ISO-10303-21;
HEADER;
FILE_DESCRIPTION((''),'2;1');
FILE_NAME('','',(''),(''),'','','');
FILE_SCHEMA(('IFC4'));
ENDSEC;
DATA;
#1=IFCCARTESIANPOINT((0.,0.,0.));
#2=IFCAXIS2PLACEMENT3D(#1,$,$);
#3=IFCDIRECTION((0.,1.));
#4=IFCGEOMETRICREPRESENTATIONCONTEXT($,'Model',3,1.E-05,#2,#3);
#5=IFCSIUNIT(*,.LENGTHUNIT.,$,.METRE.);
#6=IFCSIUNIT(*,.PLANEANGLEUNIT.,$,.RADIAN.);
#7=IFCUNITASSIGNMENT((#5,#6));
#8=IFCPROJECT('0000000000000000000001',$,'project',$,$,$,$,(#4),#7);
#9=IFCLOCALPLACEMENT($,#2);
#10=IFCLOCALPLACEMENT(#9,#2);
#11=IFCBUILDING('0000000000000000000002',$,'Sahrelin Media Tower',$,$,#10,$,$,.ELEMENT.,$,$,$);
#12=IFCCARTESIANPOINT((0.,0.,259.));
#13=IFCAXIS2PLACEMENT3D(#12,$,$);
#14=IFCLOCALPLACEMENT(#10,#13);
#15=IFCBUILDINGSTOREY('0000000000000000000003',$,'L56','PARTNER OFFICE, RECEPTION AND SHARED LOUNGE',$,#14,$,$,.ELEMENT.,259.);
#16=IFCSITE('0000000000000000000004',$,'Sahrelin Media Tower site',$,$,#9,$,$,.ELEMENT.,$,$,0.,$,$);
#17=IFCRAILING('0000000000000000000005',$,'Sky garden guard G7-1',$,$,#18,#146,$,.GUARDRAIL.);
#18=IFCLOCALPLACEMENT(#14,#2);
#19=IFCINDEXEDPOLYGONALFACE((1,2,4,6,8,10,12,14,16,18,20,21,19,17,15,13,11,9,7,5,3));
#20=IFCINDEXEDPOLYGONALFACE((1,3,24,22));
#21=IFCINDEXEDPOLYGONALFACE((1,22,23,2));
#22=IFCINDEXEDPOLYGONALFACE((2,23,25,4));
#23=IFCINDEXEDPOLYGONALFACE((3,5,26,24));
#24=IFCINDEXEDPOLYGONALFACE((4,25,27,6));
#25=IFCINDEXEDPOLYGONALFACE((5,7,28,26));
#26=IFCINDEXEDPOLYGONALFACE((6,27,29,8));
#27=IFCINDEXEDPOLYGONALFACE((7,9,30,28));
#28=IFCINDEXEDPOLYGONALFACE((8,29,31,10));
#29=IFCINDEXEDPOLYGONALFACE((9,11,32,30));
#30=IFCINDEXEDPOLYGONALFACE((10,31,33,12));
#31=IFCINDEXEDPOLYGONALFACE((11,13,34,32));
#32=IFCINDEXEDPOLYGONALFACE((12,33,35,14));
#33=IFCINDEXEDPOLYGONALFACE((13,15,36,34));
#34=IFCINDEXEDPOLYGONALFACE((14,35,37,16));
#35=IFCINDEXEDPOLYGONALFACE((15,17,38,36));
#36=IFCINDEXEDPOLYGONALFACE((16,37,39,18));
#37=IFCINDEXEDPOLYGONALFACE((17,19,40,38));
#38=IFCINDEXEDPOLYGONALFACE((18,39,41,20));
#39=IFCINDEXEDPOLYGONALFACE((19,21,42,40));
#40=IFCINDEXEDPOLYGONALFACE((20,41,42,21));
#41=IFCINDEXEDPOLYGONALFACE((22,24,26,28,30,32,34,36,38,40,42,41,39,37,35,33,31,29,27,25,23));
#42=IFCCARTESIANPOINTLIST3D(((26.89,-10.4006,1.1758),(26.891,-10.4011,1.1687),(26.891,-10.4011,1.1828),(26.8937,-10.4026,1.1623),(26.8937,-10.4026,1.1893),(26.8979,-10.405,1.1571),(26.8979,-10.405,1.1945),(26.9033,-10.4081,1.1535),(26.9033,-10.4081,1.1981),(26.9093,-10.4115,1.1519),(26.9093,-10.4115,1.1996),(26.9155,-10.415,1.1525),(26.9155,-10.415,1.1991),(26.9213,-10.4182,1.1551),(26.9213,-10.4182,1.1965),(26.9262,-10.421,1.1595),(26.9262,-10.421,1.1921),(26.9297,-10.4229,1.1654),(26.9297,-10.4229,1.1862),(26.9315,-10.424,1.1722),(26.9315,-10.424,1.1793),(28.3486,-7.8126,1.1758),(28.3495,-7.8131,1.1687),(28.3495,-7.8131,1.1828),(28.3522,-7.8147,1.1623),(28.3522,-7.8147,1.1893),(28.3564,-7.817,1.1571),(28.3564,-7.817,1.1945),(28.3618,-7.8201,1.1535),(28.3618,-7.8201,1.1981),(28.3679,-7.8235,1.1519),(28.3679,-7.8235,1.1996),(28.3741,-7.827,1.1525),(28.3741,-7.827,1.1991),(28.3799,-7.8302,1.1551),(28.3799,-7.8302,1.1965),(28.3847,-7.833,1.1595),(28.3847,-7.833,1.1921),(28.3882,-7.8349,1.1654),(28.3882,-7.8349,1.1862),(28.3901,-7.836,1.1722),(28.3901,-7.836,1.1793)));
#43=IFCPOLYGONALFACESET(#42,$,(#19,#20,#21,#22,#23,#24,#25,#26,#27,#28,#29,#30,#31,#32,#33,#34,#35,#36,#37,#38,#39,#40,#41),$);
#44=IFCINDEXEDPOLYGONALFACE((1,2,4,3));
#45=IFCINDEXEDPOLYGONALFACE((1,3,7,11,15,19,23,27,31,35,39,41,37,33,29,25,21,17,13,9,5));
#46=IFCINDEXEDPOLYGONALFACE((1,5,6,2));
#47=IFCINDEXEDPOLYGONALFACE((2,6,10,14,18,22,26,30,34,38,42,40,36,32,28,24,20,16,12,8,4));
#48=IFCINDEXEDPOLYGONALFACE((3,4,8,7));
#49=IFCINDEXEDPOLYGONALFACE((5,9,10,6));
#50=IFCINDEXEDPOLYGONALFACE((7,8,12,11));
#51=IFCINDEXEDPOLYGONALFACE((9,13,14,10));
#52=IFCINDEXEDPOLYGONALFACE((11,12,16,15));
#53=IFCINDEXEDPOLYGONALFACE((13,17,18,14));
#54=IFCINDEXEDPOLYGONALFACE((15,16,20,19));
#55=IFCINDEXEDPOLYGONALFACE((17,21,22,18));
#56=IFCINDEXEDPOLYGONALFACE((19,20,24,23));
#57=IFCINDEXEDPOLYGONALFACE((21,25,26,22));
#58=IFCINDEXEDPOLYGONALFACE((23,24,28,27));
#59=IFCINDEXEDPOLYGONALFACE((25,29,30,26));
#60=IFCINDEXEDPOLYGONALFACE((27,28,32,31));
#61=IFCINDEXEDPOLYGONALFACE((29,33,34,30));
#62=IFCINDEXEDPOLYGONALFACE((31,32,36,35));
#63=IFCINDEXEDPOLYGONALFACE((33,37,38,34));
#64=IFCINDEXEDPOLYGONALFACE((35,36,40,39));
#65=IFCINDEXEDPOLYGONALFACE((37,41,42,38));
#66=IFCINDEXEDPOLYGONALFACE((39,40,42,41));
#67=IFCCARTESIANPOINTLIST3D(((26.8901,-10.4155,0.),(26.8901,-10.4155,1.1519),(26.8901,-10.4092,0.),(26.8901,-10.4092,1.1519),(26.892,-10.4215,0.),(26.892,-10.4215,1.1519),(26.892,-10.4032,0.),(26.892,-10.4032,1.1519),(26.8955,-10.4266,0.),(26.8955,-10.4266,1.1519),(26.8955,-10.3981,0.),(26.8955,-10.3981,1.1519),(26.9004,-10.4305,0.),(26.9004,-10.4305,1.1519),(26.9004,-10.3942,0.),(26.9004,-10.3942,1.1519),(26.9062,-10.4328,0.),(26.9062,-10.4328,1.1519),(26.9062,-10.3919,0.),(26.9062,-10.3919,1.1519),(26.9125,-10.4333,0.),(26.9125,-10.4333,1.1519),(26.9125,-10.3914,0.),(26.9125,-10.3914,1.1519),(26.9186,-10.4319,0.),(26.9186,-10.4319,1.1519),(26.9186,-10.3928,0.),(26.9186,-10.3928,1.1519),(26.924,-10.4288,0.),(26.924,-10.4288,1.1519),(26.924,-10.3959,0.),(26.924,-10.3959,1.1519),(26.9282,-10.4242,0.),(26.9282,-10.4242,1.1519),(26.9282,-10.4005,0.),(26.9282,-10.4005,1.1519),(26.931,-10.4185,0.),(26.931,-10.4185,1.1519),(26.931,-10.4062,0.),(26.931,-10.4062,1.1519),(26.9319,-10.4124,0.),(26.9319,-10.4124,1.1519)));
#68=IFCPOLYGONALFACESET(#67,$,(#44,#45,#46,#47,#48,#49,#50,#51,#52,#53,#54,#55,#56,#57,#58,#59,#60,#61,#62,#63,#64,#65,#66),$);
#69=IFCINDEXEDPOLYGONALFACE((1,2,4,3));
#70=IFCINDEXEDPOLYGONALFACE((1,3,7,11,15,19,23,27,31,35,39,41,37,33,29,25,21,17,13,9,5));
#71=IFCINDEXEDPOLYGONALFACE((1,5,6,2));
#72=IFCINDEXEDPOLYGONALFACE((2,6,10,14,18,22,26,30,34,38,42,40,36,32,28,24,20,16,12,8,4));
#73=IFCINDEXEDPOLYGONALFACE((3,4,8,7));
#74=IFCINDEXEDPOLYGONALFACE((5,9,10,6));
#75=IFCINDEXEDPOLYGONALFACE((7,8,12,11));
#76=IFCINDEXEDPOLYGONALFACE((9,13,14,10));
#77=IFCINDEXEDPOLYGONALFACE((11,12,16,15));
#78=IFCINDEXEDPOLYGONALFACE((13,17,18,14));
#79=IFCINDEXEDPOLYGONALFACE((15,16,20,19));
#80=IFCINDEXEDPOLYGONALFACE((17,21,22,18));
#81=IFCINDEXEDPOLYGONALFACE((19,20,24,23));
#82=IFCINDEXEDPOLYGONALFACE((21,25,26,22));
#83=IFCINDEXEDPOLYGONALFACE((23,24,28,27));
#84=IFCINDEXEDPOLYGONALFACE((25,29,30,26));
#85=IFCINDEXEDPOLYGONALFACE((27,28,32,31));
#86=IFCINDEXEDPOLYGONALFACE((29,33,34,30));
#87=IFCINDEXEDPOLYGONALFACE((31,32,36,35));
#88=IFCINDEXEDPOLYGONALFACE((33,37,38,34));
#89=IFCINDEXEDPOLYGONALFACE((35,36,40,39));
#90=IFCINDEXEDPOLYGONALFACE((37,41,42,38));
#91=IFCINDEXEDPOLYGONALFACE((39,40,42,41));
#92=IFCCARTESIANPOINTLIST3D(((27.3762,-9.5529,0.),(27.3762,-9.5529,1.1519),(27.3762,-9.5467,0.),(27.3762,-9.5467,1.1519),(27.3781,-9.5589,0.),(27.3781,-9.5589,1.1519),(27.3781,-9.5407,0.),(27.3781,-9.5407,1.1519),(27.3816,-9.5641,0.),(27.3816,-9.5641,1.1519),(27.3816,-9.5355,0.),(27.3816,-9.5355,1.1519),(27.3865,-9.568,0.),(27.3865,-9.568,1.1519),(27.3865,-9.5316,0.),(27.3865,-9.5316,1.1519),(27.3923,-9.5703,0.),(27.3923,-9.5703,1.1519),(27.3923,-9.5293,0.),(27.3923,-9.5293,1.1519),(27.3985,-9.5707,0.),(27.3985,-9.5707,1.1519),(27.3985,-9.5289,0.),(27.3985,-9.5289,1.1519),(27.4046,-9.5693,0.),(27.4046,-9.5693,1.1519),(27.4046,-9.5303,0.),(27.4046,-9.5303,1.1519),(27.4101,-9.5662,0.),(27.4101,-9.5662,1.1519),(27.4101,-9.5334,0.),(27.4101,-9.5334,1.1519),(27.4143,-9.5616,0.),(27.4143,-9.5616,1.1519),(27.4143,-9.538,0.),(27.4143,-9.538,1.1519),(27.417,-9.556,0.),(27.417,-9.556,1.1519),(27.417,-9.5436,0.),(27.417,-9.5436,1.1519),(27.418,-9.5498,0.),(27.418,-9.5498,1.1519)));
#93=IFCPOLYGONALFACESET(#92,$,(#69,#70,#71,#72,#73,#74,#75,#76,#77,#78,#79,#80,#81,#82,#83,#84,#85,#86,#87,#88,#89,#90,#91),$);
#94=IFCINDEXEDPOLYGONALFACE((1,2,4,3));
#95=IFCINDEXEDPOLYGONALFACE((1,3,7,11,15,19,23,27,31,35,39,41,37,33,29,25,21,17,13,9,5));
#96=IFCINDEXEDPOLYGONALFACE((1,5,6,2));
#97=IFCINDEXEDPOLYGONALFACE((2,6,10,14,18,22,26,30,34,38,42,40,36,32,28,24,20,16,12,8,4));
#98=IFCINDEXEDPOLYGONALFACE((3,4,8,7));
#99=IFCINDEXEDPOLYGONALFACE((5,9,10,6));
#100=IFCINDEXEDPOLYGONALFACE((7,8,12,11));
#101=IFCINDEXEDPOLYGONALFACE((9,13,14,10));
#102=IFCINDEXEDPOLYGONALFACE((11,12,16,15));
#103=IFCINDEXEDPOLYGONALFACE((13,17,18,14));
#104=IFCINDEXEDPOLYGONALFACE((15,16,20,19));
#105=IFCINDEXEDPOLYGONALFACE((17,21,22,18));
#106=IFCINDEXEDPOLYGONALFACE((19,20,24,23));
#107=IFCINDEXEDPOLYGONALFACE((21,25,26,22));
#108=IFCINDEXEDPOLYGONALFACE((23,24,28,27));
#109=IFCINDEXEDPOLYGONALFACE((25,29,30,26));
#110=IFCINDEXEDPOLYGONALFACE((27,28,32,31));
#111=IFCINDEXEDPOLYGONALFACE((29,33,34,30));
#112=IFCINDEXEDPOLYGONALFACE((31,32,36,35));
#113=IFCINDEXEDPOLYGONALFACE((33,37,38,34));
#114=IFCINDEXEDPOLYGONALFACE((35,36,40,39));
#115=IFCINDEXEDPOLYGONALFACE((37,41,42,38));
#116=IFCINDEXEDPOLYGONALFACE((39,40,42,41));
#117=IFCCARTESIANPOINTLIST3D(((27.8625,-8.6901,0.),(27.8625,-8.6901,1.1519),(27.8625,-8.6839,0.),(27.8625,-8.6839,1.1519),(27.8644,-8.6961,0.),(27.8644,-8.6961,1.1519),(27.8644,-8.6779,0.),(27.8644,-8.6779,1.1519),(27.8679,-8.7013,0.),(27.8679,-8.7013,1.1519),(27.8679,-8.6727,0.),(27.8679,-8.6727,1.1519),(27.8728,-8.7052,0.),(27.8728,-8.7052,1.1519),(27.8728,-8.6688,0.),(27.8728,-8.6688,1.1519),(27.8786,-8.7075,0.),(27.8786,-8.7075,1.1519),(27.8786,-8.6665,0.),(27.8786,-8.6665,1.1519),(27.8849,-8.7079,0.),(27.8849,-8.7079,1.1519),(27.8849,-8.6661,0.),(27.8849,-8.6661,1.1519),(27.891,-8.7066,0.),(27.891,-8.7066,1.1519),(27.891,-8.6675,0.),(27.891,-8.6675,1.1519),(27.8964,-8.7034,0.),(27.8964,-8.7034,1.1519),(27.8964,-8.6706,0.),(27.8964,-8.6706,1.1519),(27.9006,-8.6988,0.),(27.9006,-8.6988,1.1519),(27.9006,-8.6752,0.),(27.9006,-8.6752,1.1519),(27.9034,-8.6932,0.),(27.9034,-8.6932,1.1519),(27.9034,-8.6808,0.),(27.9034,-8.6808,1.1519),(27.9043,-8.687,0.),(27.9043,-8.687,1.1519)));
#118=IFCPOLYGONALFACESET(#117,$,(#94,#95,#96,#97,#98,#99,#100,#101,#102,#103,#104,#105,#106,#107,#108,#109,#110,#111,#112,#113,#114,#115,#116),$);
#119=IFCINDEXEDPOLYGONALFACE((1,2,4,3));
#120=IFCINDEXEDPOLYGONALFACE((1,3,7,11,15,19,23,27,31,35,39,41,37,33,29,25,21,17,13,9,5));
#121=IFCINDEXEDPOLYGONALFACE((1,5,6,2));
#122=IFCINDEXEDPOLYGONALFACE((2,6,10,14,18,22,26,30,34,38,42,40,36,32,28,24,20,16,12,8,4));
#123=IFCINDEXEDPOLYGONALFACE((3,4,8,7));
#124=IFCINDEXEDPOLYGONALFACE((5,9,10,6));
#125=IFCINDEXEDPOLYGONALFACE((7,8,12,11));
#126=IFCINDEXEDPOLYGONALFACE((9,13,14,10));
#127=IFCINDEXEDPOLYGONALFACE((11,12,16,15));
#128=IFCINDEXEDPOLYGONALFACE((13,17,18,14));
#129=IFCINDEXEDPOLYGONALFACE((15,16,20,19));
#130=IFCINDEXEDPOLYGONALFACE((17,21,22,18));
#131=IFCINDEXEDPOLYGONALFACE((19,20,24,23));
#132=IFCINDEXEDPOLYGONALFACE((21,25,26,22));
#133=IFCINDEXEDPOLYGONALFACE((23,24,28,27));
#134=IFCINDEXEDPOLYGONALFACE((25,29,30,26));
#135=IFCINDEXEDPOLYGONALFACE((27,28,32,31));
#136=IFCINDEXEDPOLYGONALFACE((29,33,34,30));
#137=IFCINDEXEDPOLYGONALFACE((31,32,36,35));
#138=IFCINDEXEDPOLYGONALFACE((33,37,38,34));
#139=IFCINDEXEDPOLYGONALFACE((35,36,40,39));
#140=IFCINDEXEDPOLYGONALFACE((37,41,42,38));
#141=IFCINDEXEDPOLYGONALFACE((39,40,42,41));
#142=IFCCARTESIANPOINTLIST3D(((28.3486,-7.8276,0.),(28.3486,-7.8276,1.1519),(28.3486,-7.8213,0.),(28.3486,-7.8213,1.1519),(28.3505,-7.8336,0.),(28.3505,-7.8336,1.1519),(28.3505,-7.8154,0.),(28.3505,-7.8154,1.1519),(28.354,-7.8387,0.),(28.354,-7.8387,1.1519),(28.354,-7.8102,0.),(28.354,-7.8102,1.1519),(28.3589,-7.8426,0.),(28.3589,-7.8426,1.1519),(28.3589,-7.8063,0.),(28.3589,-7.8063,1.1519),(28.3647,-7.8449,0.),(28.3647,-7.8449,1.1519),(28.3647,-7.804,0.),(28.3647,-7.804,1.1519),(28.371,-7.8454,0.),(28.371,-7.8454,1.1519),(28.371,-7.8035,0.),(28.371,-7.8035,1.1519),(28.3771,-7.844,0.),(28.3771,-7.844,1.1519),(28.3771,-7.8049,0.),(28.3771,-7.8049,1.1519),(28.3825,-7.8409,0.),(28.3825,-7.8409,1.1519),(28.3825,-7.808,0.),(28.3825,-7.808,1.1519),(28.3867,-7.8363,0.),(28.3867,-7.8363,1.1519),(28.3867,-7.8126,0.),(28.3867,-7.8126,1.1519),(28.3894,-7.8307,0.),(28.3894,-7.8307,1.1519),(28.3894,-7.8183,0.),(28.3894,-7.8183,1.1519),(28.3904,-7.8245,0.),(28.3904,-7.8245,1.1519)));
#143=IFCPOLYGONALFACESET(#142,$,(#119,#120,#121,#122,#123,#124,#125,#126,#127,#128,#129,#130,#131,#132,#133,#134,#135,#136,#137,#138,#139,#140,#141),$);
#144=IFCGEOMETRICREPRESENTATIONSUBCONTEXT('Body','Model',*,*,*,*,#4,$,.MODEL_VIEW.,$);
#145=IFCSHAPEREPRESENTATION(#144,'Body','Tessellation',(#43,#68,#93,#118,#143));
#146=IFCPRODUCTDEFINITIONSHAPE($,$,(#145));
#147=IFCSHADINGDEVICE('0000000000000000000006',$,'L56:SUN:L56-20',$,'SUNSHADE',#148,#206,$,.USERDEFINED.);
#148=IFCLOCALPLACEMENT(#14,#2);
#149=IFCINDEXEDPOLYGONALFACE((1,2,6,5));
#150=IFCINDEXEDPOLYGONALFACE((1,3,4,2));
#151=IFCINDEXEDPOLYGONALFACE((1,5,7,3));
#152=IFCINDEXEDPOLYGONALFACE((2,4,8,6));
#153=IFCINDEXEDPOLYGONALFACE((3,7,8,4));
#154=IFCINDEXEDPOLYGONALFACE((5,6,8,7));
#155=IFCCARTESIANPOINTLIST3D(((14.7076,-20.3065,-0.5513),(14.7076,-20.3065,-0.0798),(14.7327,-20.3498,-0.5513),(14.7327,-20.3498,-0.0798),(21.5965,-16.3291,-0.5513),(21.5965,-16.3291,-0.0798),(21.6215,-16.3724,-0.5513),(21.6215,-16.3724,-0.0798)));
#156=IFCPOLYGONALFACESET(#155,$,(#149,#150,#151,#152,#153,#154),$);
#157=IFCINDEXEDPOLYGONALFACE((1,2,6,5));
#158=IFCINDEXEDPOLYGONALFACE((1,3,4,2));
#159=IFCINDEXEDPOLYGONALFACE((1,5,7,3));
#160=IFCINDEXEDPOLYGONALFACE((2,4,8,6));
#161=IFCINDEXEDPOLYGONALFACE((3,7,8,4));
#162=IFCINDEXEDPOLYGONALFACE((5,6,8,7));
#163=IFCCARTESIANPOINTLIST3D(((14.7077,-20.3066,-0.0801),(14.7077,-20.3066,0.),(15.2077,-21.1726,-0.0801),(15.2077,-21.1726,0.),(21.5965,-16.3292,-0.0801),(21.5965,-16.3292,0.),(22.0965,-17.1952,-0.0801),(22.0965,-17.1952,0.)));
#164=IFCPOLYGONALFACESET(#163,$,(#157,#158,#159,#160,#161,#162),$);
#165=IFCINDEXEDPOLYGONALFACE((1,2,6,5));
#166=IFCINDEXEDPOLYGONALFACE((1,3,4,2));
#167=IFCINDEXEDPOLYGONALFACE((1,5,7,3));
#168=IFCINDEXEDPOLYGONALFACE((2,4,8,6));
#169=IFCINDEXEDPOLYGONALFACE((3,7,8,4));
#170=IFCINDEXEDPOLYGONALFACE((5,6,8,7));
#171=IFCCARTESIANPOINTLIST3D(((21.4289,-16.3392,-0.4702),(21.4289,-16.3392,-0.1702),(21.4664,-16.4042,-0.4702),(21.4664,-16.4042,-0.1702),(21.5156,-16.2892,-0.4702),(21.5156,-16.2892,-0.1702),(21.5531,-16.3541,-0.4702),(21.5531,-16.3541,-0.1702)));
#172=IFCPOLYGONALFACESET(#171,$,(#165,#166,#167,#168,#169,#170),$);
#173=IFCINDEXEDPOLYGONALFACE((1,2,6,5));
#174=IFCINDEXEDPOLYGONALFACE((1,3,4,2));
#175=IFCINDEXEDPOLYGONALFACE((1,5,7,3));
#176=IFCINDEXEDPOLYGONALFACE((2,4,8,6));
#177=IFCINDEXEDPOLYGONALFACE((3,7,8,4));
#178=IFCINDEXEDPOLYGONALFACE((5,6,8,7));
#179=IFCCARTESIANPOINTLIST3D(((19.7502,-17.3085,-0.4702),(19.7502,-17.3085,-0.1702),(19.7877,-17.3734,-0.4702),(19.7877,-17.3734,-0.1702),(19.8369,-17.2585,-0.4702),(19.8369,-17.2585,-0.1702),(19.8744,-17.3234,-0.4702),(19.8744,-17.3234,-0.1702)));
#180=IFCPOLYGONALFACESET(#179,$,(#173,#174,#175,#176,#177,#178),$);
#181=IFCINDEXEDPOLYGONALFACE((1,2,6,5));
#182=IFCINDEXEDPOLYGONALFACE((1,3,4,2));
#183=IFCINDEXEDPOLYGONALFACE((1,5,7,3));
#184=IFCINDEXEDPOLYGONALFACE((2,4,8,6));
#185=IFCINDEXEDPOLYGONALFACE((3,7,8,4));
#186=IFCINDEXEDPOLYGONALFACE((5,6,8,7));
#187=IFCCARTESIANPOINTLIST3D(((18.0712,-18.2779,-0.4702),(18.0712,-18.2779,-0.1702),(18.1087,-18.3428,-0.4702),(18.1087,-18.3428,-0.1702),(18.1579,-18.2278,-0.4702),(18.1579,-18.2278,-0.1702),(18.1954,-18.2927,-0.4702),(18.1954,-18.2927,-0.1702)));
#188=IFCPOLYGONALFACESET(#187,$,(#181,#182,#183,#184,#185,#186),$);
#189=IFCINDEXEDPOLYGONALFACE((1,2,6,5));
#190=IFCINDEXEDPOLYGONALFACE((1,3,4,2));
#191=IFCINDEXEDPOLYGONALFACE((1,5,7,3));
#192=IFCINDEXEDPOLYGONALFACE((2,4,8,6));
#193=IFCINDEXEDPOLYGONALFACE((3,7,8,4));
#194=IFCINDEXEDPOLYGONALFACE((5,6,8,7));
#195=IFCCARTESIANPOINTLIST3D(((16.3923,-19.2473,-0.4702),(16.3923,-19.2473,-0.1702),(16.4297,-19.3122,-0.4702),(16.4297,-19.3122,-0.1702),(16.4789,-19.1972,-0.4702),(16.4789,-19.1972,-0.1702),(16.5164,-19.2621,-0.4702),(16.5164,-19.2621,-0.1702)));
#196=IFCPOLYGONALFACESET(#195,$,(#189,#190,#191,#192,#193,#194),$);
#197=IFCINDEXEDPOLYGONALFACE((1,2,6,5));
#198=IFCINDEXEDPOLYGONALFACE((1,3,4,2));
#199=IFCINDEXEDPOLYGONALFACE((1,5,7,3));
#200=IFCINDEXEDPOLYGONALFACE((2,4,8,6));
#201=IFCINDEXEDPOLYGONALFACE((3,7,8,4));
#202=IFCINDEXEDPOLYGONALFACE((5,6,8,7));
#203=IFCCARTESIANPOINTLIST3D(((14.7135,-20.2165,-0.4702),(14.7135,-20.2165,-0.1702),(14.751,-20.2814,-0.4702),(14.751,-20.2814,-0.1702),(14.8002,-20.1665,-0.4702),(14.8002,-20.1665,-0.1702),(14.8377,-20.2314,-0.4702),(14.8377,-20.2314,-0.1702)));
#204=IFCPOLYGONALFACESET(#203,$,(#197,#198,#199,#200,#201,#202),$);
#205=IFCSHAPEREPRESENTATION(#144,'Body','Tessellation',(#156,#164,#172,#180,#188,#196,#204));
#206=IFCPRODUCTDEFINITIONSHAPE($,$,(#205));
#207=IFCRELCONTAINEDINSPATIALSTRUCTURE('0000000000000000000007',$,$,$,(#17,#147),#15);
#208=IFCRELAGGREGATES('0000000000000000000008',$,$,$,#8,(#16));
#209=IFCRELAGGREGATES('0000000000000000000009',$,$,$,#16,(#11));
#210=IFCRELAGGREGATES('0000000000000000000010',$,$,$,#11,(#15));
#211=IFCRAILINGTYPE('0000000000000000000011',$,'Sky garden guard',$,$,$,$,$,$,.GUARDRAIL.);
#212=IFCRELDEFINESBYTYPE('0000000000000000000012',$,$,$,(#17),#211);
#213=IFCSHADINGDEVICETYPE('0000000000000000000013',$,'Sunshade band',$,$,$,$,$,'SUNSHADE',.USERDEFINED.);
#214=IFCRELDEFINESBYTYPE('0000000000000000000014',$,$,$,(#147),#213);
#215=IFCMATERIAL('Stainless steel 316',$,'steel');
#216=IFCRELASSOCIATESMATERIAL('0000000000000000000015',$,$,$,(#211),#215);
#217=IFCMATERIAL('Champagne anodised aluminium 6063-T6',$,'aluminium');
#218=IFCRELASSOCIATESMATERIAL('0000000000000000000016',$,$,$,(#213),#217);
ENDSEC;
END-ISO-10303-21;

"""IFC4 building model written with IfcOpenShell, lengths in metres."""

from ifc_helpers import new_model, si_unit, direction, frame, origin, origin_2d, place, context, subcontext, project, spatial, rectangle, circle, extrude, material, type_object, element, save


model = new_model("IFC4")

# Units and contexts
model_context = context("Model", 3, precision=1e-05, world=origin(), true_north=direction((0.0, 1.0)))
body_context = subcontext(model_context, "Body", "Model", "MODEL_VIEW")
ifc_project = project(units=[si_unit("LENGTHUNIT", "METRE"), si_unit("PLANEANGLEUNIT", "RADIAN")], contexts=[model_context])

# Site, building, storey
site_placement = place(None, origin())
site = spatial("IfcSite", under=ifc_project, at=site_placement, Name="Sahrelin Media Tower site", CompositionType="ELEMENT", RefElevation=0.0)
building_placement = place(site_placement, origin())
building = spatial("IfcBuilding", under=site, at=building_placement, Name="Sahrelin Media Tower", CompositionType="ELEMENT")
storey_placement = place(building_placement, frame((0.0, 0.0, 259.0)))
storey = spatial("IfcBuildingStorey", under=building, at=storey_placement, Name="L56", Description="PARTNER OFFICE, RECEPTION AND SHARED LOUNGE", CompositionType="ELEMENT", Elevation=259.0)

# Shared definitions
ifc_material_1 = material(Name="Champagne anodised aluminium 6063-T6", Category="aluminium")

# Shared definitions
placement_1 = place(storey_placement, frame((18.1421, -18.3005, 0.0), z_axis=(0.0, 0.0, 1.0), x_axis=(-0.866019, -0.500011, 0.0)))

# Railing
ifc_material_2 = material(Name="Stainless steel 316", Category="steel")
railing_type = type_object("IfcRailingType", Name="Sky garden guard", PredefinedType="GUARDRAIL", material=ifc_material_2)
railing_placement = place(storey_placement, frame((26.9109, -10.4124, 0.0)))
element("IfcRailing", 1, at=railing_placement, inside=storey, type_object=railing_type, Name="Sky garden guard G7-1", PredefinedType="GUARDRAIL", context=body_context, shape_type="SweptSolid", body=[
    extrude(circle(Radius=0.0239, at=origin_2d()), frame((0.0, 0.0, 1.1758), z_axis=(0.490979, 0.871171, 0.0), x_axis=(-0.871171, 0.490979, 0.0)), (0.0, 0.0, 1.0), 2.9707),
    extrude(circle(Radius=0.021, at=origin_2d()), origin(), (0.0, 0.0, 1.0), 1.1519),
    extrude(circle(Radius=0.021, at=origin_2d()), frame((0.4861, 0.8625, 0.0)), (0.0, 0.0, 1.0), 1.1519),
    extrude(circle(Radius=0.021, at=origin_2d()), frame((0.9724, 1.7253, 0.0)), (0.0, 0.0, 1.0), 1.1519),
    extrude(circle(Radius=0.021, at=origin_2d()), frame((1.4585, 2.5879, 0.0)), (0.0, 0.0, 1.0), 1.1519),
])

# Shading device
shading_device_type_1 = type_object("IfcShadingDeviceType", Name="Sunshade band", ElementType="SUNSHADE", PredefinedType="USERDEFINED", material=ifc_material_1)
element("IfcShadingDevice", 2, at=placement_1, inside=storey, type_object=shading_device_type_1, Name="L56:SUN:L56-20", ObjectType="SUNSHADE", PredefinedType="USERDEFINED", context=body_context, shape_type="SweptSolid", body=[
    extrude(rectangle(XDim=7.9546, YDim=0.05, at=origin_2d()), frame((0.0, 0.0449, -0.5513)), (0.0, 0.0, 1.0), 0.4714),
    extrude(rectangle(XDim=7.9546, YDim=1.0, at=origin_2d()), frame((0.0, 0.52, -0.0801)), (0.0, 0.0, 1.0), 0.0801),
    extrude(rectangle(XDim=0.1001, YDim=0.075, at=origin_2d()), frame((-3.8772, -0.0176, -0.4702)), (0.0, 0.0, 1.0), 0.3),
    extrude(rectangle(XDim=0.1001, YDim=0.075, at=origin_2d()), frame((-1.9387, -0.0176, -0.4702)), (0.0, 0.0, 1.0), 0.3),
    extrude(rectangle(XDim=0.1001, YDim=0.075, at=origin_2d()), frame((0.0, -0.0176, -0.4702)), (0.0, 0.0, 1.0), 0.3),
    extrude(rectangle(XDim=0.1001, YDim=0.075, at=origin_2d()), frame((1.9387, -0.0176, -0.4702)), (0.0, 0.0, 1.0), 0.3),
    extrude(rectangle(XDim=0.1001, YDim=0.075, at=origin_2d()), frame((3.8772, -0.0176, -0.4702)), (0.0, 0.0, 1.0), 0.3),
])

save(model, "model.ifc")
